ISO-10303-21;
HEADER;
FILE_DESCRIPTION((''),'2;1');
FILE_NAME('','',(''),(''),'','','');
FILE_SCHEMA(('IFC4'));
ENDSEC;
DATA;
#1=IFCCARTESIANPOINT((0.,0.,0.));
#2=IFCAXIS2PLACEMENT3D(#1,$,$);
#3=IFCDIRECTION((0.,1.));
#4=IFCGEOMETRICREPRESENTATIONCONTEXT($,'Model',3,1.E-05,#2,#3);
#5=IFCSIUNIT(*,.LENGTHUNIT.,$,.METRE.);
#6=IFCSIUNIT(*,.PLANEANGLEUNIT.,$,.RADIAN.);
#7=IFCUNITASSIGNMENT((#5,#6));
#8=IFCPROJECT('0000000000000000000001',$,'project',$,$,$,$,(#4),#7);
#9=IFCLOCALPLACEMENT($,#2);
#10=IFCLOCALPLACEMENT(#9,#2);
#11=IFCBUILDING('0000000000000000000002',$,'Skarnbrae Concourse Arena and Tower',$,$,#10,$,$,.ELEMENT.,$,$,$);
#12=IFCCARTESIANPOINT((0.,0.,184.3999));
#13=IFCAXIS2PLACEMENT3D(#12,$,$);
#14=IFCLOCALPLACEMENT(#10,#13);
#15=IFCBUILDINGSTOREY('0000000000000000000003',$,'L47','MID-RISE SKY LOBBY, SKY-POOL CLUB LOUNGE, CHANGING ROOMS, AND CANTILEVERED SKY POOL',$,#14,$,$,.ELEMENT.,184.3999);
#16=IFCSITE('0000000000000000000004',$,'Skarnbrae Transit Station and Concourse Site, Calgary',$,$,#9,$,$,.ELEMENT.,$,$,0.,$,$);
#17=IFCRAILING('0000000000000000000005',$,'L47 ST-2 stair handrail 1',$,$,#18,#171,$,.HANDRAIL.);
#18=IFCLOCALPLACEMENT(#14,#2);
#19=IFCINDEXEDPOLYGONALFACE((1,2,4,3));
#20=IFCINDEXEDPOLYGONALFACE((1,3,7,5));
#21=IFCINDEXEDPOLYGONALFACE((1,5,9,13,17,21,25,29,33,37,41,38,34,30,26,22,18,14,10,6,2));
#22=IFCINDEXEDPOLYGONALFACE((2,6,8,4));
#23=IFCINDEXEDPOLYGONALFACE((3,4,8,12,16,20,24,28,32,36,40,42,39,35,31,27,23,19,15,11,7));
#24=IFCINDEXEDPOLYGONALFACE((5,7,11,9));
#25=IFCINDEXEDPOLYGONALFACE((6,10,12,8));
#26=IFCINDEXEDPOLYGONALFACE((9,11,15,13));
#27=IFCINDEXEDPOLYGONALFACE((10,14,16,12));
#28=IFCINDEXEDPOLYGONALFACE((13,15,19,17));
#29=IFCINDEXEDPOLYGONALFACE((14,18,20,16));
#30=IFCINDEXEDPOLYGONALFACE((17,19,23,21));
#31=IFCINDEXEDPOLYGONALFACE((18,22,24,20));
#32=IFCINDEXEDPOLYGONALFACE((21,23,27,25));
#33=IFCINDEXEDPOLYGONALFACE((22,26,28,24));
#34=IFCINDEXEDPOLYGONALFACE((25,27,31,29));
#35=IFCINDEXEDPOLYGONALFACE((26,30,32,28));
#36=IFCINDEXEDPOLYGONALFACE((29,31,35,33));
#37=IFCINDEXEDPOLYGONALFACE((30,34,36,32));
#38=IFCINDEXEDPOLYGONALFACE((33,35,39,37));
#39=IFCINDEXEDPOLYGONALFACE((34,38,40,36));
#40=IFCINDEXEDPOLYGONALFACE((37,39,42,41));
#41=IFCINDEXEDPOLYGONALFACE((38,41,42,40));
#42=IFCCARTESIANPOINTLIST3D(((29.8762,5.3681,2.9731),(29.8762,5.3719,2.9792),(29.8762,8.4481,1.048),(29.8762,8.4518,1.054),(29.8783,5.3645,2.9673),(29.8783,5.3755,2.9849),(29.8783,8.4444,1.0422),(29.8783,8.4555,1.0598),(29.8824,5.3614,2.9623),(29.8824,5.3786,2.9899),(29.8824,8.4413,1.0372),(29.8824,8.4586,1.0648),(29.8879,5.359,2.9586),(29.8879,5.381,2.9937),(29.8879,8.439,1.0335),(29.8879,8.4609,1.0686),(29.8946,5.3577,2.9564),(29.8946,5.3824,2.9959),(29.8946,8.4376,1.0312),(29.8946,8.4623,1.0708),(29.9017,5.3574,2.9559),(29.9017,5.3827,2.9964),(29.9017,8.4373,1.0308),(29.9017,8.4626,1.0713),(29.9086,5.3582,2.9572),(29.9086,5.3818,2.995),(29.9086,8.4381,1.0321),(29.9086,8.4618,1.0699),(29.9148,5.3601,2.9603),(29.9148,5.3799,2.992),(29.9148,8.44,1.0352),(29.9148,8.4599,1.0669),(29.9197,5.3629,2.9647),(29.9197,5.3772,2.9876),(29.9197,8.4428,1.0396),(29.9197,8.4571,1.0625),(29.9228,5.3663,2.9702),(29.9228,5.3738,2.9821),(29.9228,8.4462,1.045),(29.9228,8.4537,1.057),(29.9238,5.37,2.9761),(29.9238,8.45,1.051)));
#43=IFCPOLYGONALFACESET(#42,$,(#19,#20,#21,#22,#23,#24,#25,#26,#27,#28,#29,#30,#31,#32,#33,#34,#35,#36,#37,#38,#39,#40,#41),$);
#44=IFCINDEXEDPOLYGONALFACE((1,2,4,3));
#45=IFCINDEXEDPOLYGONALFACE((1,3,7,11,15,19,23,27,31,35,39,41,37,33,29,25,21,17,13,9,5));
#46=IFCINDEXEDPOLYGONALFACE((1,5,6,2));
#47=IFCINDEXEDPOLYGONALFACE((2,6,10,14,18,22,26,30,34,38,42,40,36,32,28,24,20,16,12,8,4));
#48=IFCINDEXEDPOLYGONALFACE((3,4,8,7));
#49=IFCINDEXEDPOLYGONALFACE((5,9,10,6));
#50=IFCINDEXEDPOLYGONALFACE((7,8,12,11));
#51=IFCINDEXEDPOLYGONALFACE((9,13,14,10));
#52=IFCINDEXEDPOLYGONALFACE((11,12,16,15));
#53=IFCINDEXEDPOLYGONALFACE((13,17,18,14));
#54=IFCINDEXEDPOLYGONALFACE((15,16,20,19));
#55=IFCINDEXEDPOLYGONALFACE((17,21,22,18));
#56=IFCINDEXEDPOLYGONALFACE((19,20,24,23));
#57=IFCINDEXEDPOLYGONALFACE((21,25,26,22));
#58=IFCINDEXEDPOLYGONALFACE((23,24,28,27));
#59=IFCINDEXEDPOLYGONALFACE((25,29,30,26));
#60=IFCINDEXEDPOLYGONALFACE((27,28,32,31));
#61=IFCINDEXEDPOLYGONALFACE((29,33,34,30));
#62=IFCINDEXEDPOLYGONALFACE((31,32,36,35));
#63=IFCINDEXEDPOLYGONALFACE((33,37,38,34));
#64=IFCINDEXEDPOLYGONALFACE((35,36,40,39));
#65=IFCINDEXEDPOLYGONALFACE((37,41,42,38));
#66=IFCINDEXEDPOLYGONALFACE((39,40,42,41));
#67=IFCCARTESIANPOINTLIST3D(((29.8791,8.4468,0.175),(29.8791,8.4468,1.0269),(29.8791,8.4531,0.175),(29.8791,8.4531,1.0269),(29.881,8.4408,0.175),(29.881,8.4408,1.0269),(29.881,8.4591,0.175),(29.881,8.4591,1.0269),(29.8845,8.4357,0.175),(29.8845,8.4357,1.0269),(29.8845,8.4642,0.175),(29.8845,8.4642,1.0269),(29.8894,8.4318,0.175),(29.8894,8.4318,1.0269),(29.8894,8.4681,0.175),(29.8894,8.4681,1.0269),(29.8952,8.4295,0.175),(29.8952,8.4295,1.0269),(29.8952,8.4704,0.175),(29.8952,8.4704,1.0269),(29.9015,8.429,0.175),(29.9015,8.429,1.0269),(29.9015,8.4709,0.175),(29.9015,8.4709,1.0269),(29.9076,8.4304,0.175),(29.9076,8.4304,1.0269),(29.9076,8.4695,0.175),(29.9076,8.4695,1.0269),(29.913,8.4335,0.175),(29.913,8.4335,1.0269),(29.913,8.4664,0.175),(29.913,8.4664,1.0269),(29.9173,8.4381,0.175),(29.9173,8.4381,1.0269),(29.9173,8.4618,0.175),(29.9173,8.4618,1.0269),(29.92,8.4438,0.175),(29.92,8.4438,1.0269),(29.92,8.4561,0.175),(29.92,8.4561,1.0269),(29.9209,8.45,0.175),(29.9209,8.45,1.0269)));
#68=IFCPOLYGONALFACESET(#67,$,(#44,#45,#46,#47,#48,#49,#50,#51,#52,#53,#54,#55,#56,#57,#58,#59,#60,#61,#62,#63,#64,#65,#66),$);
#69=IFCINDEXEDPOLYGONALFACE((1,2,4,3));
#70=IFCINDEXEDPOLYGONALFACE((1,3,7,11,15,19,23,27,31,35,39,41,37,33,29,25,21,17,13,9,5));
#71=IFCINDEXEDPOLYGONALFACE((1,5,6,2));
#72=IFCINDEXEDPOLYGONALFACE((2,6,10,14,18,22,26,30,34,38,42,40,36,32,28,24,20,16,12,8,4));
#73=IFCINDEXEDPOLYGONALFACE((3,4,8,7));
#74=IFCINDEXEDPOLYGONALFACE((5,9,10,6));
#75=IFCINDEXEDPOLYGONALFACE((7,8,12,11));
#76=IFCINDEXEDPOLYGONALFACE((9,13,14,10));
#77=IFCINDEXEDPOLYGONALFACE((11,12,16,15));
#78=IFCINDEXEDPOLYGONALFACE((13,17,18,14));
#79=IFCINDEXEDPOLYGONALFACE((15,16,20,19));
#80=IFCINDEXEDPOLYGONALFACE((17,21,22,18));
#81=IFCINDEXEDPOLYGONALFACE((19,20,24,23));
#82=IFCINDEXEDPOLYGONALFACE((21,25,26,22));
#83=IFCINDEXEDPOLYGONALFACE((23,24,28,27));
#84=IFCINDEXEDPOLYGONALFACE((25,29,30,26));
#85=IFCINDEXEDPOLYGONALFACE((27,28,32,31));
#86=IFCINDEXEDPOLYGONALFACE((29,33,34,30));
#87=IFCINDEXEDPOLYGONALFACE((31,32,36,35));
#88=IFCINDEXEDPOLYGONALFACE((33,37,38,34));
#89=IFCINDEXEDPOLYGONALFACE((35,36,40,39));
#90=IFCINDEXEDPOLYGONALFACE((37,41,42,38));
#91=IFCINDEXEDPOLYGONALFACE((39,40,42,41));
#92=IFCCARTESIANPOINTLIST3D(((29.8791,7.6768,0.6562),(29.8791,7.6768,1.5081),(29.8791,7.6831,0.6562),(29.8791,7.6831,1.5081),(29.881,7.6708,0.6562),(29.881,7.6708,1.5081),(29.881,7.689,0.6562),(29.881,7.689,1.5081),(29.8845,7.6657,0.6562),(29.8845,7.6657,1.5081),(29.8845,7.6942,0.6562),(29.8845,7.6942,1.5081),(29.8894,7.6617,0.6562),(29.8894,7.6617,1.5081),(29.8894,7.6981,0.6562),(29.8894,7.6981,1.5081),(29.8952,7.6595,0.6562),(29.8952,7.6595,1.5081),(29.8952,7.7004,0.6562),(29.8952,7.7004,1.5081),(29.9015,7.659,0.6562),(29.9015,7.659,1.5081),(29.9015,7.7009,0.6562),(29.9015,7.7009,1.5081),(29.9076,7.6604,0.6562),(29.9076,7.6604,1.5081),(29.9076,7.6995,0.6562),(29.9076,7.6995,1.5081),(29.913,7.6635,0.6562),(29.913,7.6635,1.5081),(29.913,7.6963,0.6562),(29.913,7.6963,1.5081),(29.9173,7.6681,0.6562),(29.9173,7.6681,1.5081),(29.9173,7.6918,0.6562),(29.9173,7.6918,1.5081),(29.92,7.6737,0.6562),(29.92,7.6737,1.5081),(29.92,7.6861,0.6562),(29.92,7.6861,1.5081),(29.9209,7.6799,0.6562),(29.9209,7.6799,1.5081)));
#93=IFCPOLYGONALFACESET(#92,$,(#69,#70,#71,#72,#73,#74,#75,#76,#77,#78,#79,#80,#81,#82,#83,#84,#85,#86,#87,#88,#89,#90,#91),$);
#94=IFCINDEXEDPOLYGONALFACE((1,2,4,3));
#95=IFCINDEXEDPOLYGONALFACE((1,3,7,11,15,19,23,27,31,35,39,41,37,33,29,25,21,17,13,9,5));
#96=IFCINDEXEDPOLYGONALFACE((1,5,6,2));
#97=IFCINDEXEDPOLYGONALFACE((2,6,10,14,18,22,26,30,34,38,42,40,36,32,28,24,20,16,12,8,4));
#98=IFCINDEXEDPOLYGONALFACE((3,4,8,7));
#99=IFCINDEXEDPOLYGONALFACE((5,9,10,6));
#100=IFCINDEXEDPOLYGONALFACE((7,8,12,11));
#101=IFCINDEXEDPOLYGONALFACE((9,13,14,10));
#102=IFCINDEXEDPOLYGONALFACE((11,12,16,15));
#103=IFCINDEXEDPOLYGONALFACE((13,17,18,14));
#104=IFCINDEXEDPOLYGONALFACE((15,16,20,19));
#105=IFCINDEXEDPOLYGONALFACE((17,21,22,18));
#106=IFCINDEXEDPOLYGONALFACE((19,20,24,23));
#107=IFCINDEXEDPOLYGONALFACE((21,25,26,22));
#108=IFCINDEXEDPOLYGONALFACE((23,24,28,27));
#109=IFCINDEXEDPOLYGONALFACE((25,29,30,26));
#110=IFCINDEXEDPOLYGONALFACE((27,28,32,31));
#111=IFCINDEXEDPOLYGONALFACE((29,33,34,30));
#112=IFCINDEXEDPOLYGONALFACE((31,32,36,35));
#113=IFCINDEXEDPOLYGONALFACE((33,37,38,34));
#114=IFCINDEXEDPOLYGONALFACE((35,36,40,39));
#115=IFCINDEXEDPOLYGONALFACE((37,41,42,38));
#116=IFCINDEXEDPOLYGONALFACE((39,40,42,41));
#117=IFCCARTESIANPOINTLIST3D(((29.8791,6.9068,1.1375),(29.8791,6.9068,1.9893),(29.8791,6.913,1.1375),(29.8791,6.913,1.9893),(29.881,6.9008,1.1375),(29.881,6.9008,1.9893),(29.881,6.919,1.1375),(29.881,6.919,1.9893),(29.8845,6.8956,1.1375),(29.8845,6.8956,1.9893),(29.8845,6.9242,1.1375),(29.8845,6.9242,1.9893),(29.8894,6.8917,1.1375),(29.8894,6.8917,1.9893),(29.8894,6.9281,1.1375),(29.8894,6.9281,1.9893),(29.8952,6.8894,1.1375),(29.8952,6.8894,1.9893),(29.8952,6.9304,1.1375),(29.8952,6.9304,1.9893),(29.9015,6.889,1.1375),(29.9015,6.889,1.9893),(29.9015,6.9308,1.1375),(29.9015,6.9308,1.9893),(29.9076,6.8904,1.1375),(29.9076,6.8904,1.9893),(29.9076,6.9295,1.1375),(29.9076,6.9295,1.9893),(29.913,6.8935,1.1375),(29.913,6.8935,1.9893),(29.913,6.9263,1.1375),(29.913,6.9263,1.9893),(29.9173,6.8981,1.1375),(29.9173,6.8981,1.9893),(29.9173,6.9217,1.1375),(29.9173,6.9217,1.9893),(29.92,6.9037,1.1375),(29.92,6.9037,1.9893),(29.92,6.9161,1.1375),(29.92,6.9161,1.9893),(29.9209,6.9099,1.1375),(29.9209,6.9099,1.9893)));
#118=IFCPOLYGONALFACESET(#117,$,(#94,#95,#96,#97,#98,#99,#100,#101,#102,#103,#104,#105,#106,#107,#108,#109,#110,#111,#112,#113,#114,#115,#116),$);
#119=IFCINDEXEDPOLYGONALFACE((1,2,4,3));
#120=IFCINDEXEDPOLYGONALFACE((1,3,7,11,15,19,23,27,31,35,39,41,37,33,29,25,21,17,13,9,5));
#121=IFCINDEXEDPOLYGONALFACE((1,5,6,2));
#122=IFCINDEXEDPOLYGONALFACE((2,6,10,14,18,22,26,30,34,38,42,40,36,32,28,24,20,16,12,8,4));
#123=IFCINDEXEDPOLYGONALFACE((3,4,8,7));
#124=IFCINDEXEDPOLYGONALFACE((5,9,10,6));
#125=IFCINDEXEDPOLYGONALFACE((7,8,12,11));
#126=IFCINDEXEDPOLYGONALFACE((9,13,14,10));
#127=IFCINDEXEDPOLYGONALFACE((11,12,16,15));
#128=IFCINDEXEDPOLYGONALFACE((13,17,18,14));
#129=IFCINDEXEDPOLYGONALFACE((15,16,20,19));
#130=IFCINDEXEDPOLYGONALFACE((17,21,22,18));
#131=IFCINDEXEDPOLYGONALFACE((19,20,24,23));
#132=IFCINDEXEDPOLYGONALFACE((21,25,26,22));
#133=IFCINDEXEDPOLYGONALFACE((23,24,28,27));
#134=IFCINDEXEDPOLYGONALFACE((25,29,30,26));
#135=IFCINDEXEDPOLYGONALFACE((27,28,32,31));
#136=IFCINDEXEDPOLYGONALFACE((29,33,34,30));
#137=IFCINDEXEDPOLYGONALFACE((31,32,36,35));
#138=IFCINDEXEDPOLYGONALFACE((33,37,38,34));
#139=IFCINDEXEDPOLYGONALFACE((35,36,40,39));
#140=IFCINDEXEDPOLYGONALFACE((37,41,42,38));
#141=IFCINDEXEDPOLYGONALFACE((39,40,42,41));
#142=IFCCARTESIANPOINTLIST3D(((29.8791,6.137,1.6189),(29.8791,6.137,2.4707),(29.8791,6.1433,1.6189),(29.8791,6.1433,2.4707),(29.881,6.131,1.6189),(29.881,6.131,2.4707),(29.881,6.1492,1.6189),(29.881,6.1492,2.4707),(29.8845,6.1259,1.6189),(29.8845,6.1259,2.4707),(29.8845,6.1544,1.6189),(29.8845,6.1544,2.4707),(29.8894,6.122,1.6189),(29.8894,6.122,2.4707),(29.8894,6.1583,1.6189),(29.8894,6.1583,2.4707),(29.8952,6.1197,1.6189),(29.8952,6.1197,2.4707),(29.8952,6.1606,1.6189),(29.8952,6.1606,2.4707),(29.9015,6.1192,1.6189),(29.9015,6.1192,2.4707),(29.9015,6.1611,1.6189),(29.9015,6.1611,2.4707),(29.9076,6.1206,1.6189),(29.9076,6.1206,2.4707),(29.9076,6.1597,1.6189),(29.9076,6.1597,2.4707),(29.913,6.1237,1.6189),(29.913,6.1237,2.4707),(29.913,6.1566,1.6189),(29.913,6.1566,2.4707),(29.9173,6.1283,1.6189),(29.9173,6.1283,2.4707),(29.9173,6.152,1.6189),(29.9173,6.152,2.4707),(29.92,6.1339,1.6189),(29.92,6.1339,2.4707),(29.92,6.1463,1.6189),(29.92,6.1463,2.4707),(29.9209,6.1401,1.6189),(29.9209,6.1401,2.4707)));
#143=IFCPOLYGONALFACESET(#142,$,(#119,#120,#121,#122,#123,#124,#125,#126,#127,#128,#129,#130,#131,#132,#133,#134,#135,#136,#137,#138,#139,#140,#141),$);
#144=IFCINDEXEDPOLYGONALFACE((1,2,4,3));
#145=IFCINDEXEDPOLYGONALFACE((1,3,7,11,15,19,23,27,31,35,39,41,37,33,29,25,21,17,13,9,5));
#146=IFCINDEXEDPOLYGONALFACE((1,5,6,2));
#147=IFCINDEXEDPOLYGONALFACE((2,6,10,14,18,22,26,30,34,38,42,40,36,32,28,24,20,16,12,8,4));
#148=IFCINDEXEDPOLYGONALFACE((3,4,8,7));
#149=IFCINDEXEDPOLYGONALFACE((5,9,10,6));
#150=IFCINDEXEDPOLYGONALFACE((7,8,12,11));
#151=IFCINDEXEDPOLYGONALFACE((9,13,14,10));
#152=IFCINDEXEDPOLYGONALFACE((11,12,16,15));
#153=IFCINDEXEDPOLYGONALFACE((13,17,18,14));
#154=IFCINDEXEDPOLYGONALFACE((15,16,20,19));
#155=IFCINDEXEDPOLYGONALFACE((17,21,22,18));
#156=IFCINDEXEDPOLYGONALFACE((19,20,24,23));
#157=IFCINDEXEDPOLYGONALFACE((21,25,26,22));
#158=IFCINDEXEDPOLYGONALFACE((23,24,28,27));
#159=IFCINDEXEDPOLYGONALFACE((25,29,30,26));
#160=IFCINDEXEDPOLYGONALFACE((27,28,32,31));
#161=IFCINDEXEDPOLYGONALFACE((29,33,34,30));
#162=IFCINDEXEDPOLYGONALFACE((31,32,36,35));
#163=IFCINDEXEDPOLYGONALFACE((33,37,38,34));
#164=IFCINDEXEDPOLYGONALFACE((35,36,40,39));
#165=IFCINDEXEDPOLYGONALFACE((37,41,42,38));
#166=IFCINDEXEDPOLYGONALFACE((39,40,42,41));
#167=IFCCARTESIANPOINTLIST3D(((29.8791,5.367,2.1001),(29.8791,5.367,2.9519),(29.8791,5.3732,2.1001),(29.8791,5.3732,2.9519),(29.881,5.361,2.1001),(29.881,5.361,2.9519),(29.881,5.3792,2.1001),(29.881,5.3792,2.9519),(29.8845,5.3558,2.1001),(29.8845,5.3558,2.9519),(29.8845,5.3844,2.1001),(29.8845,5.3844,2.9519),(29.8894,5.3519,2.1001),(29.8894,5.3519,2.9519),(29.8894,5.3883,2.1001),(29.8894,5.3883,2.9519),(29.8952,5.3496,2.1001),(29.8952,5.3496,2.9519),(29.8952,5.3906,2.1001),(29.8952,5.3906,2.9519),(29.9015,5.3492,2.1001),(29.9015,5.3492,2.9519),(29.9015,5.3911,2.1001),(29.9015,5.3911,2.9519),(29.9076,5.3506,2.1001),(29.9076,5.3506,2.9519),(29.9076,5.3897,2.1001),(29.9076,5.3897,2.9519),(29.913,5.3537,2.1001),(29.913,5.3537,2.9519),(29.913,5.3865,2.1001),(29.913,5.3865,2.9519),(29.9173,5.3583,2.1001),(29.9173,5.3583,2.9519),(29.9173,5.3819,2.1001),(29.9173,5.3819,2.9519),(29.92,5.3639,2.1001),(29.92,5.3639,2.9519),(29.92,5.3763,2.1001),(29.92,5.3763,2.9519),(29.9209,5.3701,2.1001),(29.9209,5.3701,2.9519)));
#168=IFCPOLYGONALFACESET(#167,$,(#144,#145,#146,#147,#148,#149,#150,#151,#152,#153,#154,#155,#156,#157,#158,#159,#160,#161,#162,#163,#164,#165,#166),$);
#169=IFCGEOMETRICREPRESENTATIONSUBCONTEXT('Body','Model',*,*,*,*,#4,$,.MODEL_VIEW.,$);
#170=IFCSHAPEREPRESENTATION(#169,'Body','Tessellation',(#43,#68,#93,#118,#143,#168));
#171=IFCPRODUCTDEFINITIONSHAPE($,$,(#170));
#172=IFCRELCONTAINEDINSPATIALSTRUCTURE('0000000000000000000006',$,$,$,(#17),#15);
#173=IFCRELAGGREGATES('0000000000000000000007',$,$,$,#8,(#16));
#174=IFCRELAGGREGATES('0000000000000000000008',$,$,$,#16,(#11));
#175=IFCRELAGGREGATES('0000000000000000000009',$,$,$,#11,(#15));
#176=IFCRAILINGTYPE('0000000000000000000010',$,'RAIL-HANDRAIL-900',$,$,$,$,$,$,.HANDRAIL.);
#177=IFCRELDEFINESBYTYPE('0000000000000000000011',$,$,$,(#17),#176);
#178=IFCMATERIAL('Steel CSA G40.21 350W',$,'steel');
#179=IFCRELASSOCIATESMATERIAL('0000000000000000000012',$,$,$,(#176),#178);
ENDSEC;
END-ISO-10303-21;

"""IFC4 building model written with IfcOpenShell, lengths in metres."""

from ifc_helpers import new_model, si_unit, direction, frame, origin, origin_2d, place, context, subcontext, project, spatial, circle, extrude, material, type_object, element, save


model = new_model("IFC4")

# Units and contexts
model_context = context("Model", 3, precision=1e-05, world=origin(), true_north=direction((0.0, 1.0)))
body_context = subcontext(model_context, "Body", "Model", "MODEL_VIEW")
ifc_project = project(units=[si_unit("LENGTHUNIT", "METRE"), si_unit("PLANEANGLEUNIT", "RADIAN")], contexts=[model_context])

# Site, building, storey
site_placement = place(None, origin())
site = spatial("IfcSite", under=ifc_project, at=site_placement, Name="Skarnbrae Transit Station and Concourse Site, Calgary", CompositionType="ELEMENT", RefElevation=0.0)
building_placement = place(site_placement, origin())
building = spatial("IfcBuilding", under=site, at=building_placement, Name="Skarnbrae Concourse Arena and Tower", CompositionType="ELEMENT")
storey_placement = place(building_placement, frame((0.0, 0.0, 184.3999)))
storey = spatial("IfcBuildingStorey", under=building, at=storey_placement, Name="L47", Description="MID-RISE SKY LOBBY, SKY-POOL CLUB LOUNGE, CHANGING ROOMS, AND CANTILEVERED SKY POOL", CompositionType="ELEMENT", Elevation=184.3999)

# Shared definitions
ifc_material_1 = material(Name="Steel CSA G40.21 350W", Category="steel")

# Railing
railing_type_1 = type_object("IfcRailingType", Name="RAIL-HANDRAIL-900", PredefinedType="HANDRAIL", material=ifc_material_1)
railing_1_placement = place(storey_placement, frame((29.8999, 8.45, 0.175)))
element("IfcRailing", 1, at=railing_1_placement, inside=storey, type_object=railing_type_1, Name="L47 ST-2 stair handrail 1", PredefinedType="HANDRAIL", context=body_context, shape_type="SweptSolid", body=[
    extrude(circle(Radius=0.0239, at=origin_2d()), frame((0.0, 0.0, 0.876), z_axis=(0.0, -0.847979, 0.530029), x_axis=(1.0, 0.0, 0.0)), (0.0, 0.0, 1.0), 3.6321),
    extrude(circle(Radius=0.021, at=origin_2d()), origin(), (0.0, 0.0, 1.0), 0.8518),
    extrude(circle(Radius=0.021, at=origin_2d()), frame((0.0, -0.77, 0.4812)), (0.0, 0.0, 1.0), 0.8518),
    extrude(circle(Radius=0.021, at=origin_2d()), frame((0.0, -1.54, 0.9624)), (0.0, 0.0, 1.0), 0.8518),
    extrude(circle(Radius=0.021, at=origin_2d()), frame((0.0, -2.3098, 1.4438)), (0.0, 0.0, 1.0), 0.8518),
    extrude(circle(Radius=0.021, at=origin_2d()), frame((0.0, -3.0798, 1.925)), (0.0, 0.0, 1.0), 0.8518),
])

save(model, "model.ifc")
